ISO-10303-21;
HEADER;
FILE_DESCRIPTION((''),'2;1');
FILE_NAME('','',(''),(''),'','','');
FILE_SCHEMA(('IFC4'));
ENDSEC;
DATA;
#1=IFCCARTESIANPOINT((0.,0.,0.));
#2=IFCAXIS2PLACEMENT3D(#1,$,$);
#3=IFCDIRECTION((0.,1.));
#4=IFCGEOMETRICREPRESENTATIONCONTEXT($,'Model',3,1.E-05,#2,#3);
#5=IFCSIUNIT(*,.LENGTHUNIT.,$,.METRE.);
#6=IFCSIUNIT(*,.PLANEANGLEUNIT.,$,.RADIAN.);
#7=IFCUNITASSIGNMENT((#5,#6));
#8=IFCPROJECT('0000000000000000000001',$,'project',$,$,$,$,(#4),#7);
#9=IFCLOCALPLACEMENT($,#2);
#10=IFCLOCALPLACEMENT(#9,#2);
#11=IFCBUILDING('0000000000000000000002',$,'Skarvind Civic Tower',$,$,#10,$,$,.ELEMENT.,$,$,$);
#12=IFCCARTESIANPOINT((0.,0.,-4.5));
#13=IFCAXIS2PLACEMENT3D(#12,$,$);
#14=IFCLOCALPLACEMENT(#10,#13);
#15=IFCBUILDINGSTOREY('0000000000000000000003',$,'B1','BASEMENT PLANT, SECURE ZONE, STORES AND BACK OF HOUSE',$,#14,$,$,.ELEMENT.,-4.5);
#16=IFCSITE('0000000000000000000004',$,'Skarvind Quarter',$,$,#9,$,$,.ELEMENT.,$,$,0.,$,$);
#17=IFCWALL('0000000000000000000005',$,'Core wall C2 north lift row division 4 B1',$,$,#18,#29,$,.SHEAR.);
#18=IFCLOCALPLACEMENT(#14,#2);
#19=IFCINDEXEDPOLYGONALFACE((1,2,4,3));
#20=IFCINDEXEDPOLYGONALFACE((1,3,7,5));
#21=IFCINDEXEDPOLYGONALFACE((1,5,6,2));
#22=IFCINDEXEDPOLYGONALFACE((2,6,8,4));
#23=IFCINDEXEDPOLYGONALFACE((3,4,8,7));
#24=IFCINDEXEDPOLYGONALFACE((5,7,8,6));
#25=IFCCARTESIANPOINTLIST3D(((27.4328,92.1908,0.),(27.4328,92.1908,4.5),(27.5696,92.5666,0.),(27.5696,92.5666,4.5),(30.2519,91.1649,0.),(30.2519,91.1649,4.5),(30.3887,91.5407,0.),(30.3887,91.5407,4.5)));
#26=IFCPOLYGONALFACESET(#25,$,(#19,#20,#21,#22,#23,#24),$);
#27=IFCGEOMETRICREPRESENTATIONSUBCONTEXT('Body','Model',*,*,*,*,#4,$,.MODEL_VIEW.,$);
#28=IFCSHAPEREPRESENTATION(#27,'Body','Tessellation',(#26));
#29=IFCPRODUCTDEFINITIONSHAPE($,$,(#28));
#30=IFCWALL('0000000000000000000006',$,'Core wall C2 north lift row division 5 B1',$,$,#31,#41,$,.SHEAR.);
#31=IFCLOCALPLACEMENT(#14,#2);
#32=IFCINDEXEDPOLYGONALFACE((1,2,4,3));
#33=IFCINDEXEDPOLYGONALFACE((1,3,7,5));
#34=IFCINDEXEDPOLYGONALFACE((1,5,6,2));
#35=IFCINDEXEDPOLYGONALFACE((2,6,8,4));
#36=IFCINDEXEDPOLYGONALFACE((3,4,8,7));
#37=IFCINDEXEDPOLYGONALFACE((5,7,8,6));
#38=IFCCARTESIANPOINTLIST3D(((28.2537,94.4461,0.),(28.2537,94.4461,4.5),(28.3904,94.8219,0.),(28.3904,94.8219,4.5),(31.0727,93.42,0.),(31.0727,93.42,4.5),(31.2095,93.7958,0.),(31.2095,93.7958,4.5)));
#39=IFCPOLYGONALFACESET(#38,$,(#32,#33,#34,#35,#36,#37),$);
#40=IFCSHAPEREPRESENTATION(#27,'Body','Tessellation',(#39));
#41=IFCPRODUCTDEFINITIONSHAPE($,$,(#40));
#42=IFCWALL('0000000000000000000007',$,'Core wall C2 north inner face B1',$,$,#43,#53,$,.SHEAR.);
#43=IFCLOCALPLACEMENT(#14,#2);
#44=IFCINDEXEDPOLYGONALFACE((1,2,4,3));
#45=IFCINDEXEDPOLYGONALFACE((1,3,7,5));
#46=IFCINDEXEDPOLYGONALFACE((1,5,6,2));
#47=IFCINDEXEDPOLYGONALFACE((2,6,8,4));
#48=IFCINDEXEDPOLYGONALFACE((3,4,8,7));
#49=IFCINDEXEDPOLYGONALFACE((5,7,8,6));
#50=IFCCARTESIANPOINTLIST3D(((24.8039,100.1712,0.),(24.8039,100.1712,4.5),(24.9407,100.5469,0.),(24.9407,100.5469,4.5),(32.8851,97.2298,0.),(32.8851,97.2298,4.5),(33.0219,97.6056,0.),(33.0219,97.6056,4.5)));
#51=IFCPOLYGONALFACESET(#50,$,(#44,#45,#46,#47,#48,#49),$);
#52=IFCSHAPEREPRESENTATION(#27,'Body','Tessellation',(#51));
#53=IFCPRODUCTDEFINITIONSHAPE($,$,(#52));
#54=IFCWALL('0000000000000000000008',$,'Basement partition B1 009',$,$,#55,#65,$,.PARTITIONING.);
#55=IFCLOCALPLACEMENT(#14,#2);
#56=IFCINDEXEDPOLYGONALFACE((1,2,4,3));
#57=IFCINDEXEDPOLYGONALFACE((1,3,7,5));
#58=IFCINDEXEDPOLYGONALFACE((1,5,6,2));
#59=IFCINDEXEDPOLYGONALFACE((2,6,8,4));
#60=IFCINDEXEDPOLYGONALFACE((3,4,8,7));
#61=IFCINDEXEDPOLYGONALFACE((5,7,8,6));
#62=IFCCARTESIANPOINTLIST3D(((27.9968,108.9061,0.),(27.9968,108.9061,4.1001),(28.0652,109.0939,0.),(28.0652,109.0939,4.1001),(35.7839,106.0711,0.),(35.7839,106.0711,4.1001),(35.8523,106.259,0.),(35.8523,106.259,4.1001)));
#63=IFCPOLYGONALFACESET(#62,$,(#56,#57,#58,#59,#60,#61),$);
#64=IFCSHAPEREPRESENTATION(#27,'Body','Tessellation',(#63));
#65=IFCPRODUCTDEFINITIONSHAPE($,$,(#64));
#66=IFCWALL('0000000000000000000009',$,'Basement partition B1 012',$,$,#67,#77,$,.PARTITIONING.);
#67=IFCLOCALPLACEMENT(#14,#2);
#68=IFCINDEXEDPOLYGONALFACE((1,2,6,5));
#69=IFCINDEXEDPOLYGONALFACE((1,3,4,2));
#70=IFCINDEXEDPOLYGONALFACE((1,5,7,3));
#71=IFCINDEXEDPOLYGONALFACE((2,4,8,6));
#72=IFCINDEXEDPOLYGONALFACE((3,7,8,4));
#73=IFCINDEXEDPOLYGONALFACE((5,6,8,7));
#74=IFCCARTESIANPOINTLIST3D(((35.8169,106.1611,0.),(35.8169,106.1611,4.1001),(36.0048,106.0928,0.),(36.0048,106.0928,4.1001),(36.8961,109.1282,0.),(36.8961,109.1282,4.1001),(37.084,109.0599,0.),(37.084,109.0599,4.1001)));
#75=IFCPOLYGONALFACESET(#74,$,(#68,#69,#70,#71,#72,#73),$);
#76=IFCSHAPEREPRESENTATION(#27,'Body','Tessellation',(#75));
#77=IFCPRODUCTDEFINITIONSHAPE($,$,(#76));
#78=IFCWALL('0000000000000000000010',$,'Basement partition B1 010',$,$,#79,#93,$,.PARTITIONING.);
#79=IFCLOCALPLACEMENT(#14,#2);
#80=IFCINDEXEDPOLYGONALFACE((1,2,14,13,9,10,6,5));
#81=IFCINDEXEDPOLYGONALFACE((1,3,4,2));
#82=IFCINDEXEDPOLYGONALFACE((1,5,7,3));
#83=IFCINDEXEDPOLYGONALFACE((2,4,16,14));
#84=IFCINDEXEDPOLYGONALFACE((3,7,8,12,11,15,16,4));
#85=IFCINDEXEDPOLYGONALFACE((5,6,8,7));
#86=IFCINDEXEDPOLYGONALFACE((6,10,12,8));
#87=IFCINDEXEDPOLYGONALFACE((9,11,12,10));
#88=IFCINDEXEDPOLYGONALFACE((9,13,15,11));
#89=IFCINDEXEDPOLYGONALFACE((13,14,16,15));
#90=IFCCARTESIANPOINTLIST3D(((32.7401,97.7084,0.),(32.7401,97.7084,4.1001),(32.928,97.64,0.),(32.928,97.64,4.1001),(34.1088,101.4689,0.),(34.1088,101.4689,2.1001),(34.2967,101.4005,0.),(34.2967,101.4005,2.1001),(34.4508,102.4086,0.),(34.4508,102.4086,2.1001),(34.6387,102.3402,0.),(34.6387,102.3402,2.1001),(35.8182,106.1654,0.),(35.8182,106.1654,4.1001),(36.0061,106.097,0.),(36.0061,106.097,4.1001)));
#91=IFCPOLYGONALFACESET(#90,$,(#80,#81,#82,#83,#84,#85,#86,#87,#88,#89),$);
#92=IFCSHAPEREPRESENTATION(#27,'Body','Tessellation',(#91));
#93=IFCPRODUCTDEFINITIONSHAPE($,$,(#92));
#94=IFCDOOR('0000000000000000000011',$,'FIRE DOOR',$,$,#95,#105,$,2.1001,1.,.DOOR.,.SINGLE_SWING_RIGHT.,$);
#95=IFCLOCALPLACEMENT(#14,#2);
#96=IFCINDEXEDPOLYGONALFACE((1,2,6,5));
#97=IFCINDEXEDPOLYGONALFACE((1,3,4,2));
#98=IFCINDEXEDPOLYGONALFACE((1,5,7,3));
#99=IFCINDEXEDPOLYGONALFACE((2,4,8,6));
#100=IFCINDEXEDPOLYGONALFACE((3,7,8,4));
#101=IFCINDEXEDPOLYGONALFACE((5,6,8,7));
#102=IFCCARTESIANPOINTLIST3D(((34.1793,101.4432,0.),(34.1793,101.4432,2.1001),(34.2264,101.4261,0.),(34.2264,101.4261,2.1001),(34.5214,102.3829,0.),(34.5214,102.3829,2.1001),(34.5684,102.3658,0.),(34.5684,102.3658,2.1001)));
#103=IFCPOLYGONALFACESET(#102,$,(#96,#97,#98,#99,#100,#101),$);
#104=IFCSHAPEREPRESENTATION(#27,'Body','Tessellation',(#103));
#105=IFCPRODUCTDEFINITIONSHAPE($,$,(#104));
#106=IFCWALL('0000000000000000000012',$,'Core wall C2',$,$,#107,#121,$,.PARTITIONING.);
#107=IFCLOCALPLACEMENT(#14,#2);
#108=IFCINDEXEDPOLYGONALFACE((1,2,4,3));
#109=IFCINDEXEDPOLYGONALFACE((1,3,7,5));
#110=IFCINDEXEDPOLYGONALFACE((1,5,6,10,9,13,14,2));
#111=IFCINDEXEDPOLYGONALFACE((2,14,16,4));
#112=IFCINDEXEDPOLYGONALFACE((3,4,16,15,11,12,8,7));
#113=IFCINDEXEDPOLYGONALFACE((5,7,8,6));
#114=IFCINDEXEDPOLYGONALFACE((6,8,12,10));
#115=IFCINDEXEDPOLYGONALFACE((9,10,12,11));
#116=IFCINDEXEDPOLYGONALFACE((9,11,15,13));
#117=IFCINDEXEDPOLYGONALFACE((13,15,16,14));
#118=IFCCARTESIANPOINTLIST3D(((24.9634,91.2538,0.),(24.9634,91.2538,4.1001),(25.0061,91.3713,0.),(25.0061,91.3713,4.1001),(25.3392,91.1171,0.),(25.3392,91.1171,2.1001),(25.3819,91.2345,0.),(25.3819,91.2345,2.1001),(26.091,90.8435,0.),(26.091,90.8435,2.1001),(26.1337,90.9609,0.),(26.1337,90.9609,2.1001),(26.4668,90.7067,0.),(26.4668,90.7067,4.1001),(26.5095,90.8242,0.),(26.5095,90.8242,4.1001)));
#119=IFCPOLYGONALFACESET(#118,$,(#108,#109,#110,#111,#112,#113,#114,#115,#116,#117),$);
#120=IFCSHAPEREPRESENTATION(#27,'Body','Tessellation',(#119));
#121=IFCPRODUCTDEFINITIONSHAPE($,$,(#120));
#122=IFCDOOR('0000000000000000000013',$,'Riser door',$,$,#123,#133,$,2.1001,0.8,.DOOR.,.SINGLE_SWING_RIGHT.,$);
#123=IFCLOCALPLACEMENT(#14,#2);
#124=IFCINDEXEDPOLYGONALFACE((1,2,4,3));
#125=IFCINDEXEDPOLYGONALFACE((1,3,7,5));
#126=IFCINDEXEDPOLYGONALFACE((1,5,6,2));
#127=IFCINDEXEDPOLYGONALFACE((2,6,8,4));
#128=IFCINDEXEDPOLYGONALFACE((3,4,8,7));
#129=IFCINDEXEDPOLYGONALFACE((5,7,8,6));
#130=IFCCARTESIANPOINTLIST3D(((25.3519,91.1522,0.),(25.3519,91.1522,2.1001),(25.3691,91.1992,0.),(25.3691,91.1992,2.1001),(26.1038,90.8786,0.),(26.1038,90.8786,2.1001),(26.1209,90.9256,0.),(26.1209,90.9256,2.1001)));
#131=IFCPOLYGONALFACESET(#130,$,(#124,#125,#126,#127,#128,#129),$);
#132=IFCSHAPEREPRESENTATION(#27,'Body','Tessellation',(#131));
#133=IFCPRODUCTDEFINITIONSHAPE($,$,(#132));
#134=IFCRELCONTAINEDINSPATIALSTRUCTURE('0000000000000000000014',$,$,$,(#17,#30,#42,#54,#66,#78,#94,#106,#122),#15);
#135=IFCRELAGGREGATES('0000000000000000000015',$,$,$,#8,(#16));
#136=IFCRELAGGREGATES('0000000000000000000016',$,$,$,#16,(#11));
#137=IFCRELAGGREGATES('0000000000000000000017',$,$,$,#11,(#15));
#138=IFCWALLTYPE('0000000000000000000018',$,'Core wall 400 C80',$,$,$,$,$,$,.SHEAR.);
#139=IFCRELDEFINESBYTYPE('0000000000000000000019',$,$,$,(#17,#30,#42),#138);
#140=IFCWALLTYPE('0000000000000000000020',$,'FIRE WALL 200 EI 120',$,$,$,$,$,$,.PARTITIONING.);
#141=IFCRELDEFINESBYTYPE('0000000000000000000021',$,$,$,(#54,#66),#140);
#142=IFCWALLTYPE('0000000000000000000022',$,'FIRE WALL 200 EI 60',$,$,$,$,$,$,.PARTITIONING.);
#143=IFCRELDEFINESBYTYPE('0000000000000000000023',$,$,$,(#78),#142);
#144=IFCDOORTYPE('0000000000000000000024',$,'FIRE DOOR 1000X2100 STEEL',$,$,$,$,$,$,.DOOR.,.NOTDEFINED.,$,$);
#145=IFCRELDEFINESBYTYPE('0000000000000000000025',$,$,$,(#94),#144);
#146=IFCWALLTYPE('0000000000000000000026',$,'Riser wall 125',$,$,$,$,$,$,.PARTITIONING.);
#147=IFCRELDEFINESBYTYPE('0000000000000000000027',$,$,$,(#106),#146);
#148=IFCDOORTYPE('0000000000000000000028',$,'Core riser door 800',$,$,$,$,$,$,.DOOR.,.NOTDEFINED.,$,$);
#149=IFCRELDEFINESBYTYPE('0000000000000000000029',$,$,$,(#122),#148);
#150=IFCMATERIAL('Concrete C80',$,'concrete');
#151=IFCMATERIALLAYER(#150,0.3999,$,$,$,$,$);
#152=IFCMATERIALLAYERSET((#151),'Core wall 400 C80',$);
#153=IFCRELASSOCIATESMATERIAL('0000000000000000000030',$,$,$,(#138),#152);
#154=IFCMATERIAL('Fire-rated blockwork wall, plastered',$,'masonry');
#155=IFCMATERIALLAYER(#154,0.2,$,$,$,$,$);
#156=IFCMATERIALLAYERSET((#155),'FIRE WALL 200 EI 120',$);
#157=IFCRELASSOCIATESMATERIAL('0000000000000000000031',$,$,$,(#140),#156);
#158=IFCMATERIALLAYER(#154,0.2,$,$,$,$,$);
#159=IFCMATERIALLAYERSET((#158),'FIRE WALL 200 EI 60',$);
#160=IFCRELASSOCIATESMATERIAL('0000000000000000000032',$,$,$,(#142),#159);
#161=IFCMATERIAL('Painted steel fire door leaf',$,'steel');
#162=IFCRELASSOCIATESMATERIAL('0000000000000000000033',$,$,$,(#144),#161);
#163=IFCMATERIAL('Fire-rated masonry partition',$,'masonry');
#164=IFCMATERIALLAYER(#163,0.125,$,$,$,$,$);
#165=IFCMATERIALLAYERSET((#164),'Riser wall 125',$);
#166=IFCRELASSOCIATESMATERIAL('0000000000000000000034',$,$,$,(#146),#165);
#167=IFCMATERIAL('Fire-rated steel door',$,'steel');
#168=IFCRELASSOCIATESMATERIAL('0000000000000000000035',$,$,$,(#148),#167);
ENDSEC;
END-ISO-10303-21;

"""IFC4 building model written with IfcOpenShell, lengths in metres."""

from ifc_helpers import new_model, si_unit, direction, frame, frame_2d, origin, place, context, subcontext, project, spatial, rectangle, extrude, material, layer, layer_set, type_object, element, fill, save


model = new_model("IFC4")

# Units and contexts
model_context = context("Model", 3, precision=1e-05, world=origin(), true_north=direction((0.0, 1.0)))
body_context = subcontext(model_context, "Body", "Model", "MODEL_VIEW")
ifc_project = project(units=[si_unit("LENGTHUNIT", "METRE"), si_unit("PLANEANGLEUNIT", "RADIAN")], contexts=[model_context])

# Site, building, storey
site_placement = place(None, origin())
site = spatial("IfcSite", under=ifc_project, at=site_placement, Name="Skarvind Quarter", CompositionType="ELEMENT", RefElevation=0.0)
building_placement = place(site_placement, origin())
building = spatial("IfcBuilding", under=site, at=building_placement, Name="Skarvind Civic Tower", CompositionType="ELEMENT")
storey_placement = place(building_placement, frame((0.0, 0.0, -4.5)))
storey = spatial("IfcBuildingStorey", under=building, at=storey_placement, Name="B1", Description="BASEMENT PLANT, SECURE ZONE, STORES AND BACK OF HOUSE", CompositionType="ELEMENT", Elevation=-4.5)

# Shared definitions
ifc_material_1 = material(Name="Concrete C80", Category="concrete")

# Shared definitions
ifc_material_2 = material(Name="Fire-rated masonry partition", Category="masonry")
ifc_material_3 = material(Name="Fire-rated steel door", Category="steel")

# Walls
ifc_layer_1 = layer(ifc_material_1, 0.3999)
ifc_layer_set_1 = layer_set([ifc_layer_1], Name="Core wall 400 C80")
wall_type_1 = type_object("IfcWallType", Name="Core wall 400 C80", PredefinedType="SHEAR", material=ifc_layer_set_1)
for number, where, z_axis, x_axis, name in (
    (1, (30.3203, 91.3528, 0.0), (0.0, 0.0, 1.0), (-0.939713, 0.341965, 0.0), "Core wall C2 north lift row division 4 B1"),
    (2, (31.1411, 93.6079, 0.0), (0.0, 0.0, 1.0), (-0.939686, 0.342037, 0.0), "Core wall C2 north lift row division 5 B1"),
):
    element("IfcWall", number, at=place(storey_placement, frame(where, z_axis=z_axis, x_axis=x_axis)), inside=storey, type_object=wall_type_1, Name=name, PredefinedType="SHEAR", context=body_context, shape_type="SweptSolid", body=[
        extrude(rectangle(XDim=3.0, YDim=0.3999, at=frame_2d((1.5, 0.0))), origin(), (0.0, 0.0, 1.0), 4.5),
    ])
wall_1_placement = place(storey_placement, frame((32.9534, 97.4177, 0.0), z_axis=(0.0, 0.0, 1.0), x_axis=(-0.939691, 0.342026, 0.0)))
element("IfcWall", 3, at=wall_1_placement, inside=storey, type_object=wall_type_1, Name="Core wall C2 north inner face B1", PredefinedType="SHEAR", context=body_context, shape_type="SweptSolid", body=[
    extrude(rectangle(XDim=8.5999, YDim=0.3999, at=frame_2d((4.2998, 0.0))), origin(), (0.0, 0.0, 1.0), 4.5),
])
ifc_material_4 = material(Name="Fire-rated blockwork wall, plastered", Category="masonry")
ifc_layer_2 = layer(ifc_material_4, 0.2)
ifc_layer_set_2 = layer_set([ifc_layer_2], Name="FIRE WALL 200 EI 120")
wall_type_2 = type_object("IfcWallType", Name="FIRE WALL 200 EI 120", PredefinedType="PARTITIONING", material=ifc_layer_set_2)
wall_2_placement = place(storey_placement, frame((28.031, 109.0, 0.0), z_axis=(0.0, 0.0, 1.0), x_axis=(0.939666, -0.342093, 0.0)))
element("IfcWall", 4, at=wall_2_placement, inside=storey, type_object=wall_type_2, Name="Basement partition B1 009", PredefinedType="PARTITIONING", context=body_context, shape_type="SweptSolid", body=[
    extrude(rectangle(XDim=8.2871, YDim=0.2, at=frame_2d((4.1436, 0.0))), origin(), (0.0, 0.0, 1.0), 4.1001),
])
wall_3_placement = place(storey_placement, frame((35.9109, 106.127, 0.0), z_axis=(0.0, 0.0, 1.0), x_axis=(0.341793, 0.939775, 0.0)))
element("IfcWall", 5, at=wall_3_placement, inside=storey, type_object=wall_type_2, Name="Basement partition B1 012", PredefinedType="PARTITIONING", context=body_context, shape_type="SweptSolid", body=[
    extrude(rectangle(XDim=3.1572, YDim=0.2, at=frame_2d((1.5786, 0.0))), origin(), (0.0, 0.0, 1.0), 4.1001),
])

# Walls, openings, doors
ifc_layer_3 = layer(ifc_material_4, 0.2)
ifc_layer_set_3 = layer_set([ifc_layer_3], Name="FIRE WALL 200 EI 60")
wall_type_3 = type_object("IfcWallType", Name="FIRE WALL 200 EI 60", PredefinedType="PARTITIONING", material=ifc_layer_set_3)
wall_4_placement = place(storey_placement, frame((32.834, 97.6741, 0.0), z_axis=(0.0, 0.0, 1.0), x_axis=(0.342022, 0.939692, 0.0)))
wall_4 = element("IfcWall", 6, at=wall_4_placement, inside=storey, type_object=wall_type_3, Name="Basement partition B1 010", PredefinedType="PARTITIONING", context=body_context, shape_type="SweptSolid", body=[
    extrude(rectangle(XDim=8.9998, YDim=0.2, at=frame_2d((4.5, 0.0))), origin(), (0.0, 0.0, 1.0), 4.1001),
])
opening_1_placement = place(wall_4_placement, frame((4.002, 0.0, 0.0)))
opening_1 = element("IfcOpeningElement", 7, at=opening_1_placement, cuts=wall_4, PredefinedType="OPENING", context=body_context, shape_type="SweptSolid", body=[
    extrude(rectangle(XDim=1.0, YDim=2.1001, at=frame_2d((0.5, 1.05))), frame((0.0, 0.1099, 0.0), z_axis=(0.0, -1.0, 0.0), x_axis=(1.0, 0.0, 0.0)), (0.0, 0.0, 1.0), 0.22),
])
ifc_material_5 = material(Name="Painted steel fire door leaf", Category="steel")
door_type_1 = type_object("IfcDoorType", Name="FIRE DOOR 1000X2100 STEEL", OperationType="NOTDEFINED", PredefinedType="DOOR", material=ifc_material_5)
door_1_placement = place(opening_1_placement, origin())
door_1 = element("IfcDoor", 8, at=door_1_placement, inside=storey, type_object=door_type_1, Name="FIRE DOOR", OperationType="SINGLE_SWING_RIGHT", OverallHeight=2.1001, OverallWidth=1.0, PredefinedType="DOOR", context=body_context, shape_type="SweptSolid", body=[
    extrude(rectangle(XDim=1.0, YDim=2.1001, at=frame_2d((0.5, 1.05))), frame((0.0, 0.0249, 0.0), z_axis=(0.0, -1.0, 0.0), x_axis=(1.0, 0.0, 0.0)), (0.0, 0.0, 1.0), 0.05),
])
fill(opening_1, door_1)
ifc_layer_4 = layer(ifc_material_2, 0.125)
ifc_layer_set_4 = layer_set([ifc_layer_4], Name="Riser wall 125")
wall_type_4 = type_object("IfcWallType", Name="Riser wall 125", PredefinedType="PARTITIONING", material=ifc_layer_set_4)
wall_5_placement = place(storey_placement, frame((24.9849, 91.3125, 0.0), z_axis=(0.0, 0.0, 1.0), x_axis=(0.939709, -0.341976, 0.0)))
wall_5 = element("IfcWall", 9, at=wall_5_placement, inside=storey, type_object=wall_type_4, Name="Core wall C2", PredefinedType="PARTITIONING", context=body_context, shape_type="SweptSolid", body=[
    extrude(rectangle(XDim=1.5999, YDim=0.125, at=frame_2d((0.7998, 0.0))), origin(), (0.0, 0.0, 1.0), 4.1001),
])
opening_2_placement = place(wall_5_placement, frame((0.3999, 0.0, 0.0)))
opening_2 = element("IfcOpeningElement", 10, at=opening_2_placement, cuts=wall_5, PredefinedType="OPENING", context=body_context, shape_type="SweptSolid", body=[
    extrude(rectangle(XDim=0.8, YDim=2.1001, at=frame_2d((0.3999, 1.05))), frame((0.0, 0.0725, 0.0), z_axis=(0.0, -1.0, 0.0), x_axis=(1.0, 0.0, 0.0)), (0.0, 0.0, 1.0), 0.145),
])
door_type_2 = type_object("IfcDoorType", Name="Core riser door 800", OperationType="NOTDEFINED", PredefinedType="DOOR", material=ifc_material_3)
door_2_placement = place(opening_2_placement, origin())
door_2 = element("IfcDoor", 11, at=door_2_placement, inside=storey, type_object=door_type_2, Name="Riser door", OperationType="SINGLE_SWING_RIGHT", OverallHeight=2.1001, OverallWidth=0.8, PredefinedType="DOOR", context=body_context, shape_type="SweptSolid", body=[
    extrude(rectangle(XDim=0.8, YDim=2.1001, at=frame_2d((0.3999, 1.05))), frame((0.0, 0.0249, 0.0), z_axis=(0.0, -1.0, 0.0), x_axis=(1.0, 0.0, 0.0)), (0.0, 0.0, 1.0), 0.05),
])
fill(opening_2, door_2)

save(model, "model.ifc")
